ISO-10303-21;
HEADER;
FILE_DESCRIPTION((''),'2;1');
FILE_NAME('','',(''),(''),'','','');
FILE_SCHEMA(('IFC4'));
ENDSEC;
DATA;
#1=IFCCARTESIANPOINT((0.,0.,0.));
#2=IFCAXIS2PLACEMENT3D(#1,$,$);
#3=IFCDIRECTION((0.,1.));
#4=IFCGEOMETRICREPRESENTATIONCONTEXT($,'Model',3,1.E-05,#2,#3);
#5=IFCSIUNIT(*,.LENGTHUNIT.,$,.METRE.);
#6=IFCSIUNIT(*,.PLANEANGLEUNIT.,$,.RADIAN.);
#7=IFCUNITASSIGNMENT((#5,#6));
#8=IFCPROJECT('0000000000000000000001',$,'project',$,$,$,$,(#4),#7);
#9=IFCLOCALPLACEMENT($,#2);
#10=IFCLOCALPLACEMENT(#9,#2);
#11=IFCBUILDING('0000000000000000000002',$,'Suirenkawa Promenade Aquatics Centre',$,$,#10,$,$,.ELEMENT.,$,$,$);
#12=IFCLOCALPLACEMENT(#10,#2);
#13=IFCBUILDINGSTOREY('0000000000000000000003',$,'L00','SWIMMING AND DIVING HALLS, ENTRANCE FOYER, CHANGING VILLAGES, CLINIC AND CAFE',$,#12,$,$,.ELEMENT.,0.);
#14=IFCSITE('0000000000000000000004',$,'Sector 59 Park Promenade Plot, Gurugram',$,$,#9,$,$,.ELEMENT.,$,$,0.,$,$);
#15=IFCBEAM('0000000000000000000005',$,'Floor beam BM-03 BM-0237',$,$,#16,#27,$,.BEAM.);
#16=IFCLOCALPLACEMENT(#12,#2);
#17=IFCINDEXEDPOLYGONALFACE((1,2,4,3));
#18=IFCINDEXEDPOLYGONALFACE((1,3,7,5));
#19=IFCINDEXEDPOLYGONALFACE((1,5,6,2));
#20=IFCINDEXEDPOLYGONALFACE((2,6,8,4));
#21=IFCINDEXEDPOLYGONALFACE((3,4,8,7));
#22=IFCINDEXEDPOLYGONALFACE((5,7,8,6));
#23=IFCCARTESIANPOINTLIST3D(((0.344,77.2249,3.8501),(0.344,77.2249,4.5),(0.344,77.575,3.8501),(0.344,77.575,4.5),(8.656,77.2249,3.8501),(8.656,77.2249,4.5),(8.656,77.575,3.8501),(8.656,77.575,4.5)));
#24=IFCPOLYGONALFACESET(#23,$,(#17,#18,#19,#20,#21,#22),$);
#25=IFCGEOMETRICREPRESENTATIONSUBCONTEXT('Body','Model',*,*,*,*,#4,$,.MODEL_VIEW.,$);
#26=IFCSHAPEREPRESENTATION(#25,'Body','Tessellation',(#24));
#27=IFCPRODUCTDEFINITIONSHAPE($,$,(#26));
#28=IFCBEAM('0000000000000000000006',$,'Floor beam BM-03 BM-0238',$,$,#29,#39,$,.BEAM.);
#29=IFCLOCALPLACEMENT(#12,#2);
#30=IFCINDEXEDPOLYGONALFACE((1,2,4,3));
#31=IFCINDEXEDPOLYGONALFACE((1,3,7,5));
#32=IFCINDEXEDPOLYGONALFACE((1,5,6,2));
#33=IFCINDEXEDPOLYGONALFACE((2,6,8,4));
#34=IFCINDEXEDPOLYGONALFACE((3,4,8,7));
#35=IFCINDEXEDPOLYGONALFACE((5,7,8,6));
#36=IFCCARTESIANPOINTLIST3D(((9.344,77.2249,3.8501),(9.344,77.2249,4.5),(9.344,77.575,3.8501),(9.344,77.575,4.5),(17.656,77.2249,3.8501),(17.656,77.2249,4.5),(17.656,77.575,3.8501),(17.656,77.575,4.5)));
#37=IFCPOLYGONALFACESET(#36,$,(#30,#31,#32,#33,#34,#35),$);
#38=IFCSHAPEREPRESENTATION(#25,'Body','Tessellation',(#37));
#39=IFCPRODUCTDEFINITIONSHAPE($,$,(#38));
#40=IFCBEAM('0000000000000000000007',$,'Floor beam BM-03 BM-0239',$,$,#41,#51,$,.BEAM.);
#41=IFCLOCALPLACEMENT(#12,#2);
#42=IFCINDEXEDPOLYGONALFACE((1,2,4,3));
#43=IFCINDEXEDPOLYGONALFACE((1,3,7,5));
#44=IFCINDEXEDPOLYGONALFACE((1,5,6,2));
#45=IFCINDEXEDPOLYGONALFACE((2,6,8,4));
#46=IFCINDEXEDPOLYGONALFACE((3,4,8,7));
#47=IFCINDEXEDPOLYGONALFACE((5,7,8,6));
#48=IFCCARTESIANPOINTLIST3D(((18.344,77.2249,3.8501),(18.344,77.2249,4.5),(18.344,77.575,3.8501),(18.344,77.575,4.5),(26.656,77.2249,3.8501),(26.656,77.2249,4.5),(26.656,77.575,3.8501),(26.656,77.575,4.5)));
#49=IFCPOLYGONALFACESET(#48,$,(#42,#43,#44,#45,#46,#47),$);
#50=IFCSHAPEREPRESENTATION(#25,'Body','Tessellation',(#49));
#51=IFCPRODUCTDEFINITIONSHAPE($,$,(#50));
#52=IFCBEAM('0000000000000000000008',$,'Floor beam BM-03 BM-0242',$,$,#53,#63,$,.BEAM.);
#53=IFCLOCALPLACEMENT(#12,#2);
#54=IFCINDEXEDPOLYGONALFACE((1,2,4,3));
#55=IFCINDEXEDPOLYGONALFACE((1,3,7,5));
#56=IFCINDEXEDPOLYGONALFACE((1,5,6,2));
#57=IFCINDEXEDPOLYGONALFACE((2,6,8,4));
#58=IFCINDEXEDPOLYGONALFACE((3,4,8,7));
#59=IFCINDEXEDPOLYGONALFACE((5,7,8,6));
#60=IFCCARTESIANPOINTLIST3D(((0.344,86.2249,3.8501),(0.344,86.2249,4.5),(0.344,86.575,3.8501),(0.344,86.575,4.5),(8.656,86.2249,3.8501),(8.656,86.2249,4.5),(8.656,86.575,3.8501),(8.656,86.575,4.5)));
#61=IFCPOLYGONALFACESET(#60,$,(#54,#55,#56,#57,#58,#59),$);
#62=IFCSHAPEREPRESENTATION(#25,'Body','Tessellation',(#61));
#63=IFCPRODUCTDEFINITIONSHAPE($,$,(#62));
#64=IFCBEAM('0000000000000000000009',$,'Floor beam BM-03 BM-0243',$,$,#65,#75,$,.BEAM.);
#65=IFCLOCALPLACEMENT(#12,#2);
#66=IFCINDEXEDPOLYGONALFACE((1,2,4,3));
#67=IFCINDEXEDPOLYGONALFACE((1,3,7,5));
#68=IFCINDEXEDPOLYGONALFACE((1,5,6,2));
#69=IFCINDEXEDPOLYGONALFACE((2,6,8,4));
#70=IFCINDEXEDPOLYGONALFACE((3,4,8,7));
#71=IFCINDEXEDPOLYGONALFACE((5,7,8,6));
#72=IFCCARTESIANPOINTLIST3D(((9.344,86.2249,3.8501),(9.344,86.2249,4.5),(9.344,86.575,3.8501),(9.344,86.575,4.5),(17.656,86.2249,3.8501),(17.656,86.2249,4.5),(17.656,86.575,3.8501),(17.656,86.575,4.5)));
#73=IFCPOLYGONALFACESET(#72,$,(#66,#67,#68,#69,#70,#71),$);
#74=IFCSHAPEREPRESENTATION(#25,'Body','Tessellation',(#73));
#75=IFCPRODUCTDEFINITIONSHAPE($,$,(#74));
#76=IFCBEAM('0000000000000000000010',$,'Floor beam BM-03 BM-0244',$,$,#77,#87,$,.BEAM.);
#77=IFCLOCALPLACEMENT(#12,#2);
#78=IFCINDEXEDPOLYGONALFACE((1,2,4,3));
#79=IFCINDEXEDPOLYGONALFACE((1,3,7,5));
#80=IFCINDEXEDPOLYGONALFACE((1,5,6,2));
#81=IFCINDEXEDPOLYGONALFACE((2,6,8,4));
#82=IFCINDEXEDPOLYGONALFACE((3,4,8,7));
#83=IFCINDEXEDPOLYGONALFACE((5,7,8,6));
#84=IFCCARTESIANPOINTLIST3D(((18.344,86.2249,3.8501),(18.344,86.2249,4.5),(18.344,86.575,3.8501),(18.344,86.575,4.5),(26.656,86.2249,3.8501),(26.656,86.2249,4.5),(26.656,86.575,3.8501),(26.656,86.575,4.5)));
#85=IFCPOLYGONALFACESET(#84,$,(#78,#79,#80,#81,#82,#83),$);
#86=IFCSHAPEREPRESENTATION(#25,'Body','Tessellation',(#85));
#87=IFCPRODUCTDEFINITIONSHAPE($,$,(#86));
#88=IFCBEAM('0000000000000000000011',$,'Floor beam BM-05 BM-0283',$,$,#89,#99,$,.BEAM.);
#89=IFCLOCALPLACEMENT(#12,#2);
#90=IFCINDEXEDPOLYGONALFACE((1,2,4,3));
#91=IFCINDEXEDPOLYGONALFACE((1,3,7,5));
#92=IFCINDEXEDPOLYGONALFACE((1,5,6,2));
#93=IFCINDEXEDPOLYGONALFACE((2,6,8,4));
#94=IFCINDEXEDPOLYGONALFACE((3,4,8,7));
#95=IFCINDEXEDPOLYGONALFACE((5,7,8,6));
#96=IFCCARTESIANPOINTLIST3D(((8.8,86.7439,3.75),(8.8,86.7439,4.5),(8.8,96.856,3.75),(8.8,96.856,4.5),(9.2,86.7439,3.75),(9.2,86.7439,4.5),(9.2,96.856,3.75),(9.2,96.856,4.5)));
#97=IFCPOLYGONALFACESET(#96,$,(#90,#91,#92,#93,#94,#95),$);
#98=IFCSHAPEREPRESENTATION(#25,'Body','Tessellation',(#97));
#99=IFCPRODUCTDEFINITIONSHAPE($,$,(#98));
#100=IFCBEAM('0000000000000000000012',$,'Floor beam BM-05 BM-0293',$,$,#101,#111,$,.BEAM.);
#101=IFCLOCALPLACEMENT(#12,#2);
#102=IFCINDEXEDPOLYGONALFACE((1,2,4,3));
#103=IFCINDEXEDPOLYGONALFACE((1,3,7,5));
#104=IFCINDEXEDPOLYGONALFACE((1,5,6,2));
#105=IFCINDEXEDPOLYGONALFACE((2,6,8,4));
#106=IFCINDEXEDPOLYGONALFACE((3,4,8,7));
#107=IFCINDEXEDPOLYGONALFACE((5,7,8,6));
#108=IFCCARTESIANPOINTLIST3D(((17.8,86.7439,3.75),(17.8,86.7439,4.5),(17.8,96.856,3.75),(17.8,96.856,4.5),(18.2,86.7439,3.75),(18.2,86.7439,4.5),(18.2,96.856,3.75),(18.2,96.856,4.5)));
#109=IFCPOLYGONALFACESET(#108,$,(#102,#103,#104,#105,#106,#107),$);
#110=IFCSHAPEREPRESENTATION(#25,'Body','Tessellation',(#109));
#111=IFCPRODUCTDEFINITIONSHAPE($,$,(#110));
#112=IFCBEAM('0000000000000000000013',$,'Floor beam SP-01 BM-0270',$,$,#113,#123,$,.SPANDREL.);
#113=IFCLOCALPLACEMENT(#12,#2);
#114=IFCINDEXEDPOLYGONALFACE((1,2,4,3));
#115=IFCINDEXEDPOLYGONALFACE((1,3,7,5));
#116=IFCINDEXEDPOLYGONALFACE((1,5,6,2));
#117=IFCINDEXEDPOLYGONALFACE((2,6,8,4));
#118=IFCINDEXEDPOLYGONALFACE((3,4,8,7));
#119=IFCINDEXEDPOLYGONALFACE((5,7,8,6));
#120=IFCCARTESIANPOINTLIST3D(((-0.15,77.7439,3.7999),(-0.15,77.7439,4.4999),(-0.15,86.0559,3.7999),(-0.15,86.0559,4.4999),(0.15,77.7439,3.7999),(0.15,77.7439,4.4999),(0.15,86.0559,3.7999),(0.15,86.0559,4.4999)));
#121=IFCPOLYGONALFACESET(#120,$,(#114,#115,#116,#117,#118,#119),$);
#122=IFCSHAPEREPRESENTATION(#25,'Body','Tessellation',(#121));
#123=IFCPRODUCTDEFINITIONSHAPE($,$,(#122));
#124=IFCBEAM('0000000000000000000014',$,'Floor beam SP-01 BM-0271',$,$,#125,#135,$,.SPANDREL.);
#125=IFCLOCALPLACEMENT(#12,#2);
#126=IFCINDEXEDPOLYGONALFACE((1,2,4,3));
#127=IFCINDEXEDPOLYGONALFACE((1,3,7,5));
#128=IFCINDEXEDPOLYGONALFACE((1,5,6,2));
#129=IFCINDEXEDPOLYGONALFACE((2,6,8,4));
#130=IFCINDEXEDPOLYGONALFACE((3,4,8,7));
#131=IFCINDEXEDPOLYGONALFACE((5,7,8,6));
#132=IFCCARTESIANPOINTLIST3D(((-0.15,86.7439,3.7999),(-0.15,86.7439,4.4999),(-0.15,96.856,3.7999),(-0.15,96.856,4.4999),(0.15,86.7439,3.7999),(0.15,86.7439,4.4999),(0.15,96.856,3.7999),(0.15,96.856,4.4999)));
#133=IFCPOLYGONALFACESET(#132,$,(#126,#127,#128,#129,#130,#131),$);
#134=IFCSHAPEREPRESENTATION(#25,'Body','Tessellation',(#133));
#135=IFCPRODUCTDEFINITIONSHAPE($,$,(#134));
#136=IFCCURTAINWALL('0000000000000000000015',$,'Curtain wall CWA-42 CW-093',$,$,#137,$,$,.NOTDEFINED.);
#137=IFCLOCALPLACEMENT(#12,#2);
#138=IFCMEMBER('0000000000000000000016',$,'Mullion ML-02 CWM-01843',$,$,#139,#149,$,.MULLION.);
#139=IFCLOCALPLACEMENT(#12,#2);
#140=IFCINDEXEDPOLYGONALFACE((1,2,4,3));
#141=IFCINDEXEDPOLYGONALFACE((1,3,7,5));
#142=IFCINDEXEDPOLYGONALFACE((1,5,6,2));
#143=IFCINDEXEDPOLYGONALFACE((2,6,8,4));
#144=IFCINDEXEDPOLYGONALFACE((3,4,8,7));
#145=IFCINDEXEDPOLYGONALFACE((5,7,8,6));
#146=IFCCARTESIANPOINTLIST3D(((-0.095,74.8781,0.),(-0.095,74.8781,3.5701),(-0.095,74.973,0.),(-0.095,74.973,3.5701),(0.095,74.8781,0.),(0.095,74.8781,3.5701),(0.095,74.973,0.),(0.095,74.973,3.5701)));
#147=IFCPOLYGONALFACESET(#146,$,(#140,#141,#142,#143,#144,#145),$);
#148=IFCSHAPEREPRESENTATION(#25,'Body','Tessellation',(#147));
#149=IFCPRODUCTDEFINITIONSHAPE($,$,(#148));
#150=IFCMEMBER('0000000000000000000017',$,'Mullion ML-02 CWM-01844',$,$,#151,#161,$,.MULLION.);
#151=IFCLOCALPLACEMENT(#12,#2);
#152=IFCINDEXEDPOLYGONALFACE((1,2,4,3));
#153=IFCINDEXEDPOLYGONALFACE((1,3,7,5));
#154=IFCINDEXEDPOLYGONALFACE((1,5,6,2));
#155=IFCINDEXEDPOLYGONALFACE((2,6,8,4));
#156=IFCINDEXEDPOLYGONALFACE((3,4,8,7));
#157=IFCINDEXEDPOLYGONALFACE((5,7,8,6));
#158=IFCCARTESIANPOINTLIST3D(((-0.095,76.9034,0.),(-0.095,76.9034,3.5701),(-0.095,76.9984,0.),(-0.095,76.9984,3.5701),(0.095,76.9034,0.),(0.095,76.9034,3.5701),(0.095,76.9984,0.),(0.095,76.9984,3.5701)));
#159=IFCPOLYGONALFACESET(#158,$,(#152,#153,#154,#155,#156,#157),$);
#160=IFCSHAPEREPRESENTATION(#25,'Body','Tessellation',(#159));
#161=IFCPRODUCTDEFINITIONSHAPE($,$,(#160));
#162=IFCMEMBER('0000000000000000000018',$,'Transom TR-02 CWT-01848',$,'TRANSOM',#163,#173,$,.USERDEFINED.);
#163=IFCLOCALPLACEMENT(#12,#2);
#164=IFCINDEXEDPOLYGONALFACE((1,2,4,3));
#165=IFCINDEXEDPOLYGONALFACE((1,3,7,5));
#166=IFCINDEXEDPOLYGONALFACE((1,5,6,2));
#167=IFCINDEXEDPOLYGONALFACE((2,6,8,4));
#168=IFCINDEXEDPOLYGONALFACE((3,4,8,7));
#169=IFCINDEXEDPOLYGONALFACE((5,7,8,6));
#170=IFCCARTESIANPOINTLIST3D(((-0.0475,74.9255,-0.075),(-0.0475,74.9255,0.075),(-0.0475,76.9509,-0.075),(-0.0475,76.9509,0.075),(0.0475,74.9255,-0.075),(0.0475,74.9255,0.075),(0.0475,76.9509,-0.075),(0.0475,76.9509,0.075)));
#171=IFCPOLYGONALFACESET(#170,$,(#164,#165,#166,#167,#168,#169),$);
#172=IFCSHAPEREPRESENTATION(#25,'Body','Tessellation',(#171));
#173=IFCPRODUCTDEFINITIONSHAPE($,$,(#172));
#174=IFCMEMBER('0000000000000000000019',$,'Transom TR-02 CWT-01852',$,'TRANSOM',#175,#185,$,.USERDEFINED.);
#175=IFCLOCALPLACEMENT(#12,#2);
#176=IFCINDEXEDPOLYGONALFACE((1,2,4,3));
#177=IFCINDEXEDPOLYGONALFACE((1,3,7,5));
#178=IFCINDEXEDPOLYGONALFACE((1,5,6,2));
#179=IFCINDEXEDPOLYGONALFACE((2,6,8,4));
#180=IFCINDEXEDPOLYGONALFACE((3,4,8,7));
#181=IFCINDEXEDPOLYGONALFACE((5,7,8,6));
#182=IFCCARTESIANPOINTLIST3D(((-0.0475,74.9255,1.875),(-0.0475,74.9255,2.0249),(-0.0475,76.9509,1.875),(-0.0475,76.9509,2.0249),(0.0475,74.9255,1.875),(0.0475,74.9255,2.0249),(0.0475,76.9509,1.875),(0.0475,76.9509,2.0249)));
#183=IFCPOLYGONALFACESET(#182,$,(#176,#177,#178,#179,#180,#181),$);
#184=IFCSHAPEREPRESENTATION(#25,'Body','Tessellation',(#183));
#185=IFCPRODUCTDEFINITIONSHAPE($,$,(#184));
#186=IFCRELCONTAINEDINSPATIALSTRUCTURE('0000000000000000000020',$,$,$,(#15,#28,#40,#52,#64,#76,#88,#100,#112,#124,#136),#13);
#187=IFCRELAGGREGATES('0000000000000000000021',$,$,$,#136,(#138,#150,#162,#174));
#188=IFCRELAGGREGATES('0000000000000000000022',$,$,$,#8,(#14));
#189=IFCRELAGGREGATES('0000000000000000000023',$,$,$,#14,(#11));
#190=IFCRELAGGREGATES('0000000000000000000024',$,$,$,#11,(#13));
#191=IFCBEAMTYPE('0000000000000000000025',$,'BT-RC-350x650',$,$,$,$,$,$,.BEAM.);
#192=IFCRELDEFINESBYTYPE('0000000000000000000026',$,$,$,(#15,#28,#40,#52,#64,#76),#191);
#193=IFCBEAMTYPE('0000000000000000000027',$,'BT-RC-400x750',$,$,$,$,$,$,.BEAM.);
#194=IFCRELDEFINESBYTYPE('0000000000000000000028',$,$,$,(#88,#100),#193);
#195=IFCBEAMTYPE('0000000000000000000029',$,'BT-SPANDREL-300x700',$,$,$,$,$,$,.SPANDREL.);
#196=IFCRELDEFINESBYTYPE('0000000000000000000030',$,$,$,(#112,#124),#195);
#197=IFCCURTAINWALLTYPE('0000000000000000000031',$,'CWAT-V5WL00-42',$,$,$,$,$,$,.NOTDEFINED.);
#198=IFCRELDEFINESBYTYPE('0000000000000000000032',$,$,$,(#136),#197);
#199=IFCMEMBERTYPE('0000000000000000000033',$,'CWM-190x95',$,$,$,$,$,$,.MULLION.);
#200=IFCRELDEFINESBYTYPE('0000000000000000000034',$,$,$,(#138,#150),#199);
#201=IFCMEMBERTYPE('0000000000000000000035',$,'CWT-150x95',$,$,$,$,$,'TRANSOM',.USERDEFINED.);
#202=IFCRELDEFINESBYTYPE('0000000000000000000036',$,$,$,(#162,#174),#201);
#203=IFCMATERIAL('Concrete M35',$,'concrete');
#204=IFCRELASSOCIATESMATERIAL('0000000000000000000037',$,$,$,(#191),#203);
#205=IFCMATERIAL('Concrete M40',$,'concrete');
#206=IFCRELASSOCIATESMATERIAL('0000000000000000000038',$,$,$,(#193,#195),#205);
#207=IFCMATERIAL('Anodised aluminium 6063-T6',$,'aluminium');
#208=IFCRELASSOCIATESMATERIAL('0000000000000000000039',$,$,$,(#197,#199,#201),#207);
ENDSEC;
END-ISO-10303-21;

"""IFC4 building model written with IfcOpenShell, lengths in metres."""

from ifc_helpers import new_model, si_unit, direction, frame, origin, origin_2d, place, context, subcontext, project, spatial, rectangle, extrude, material, material_profile, profile_set, type_object, element, aggregate, save


model = new_model("IFC4")

# Units and contexts
model_context = context("Model", 3, precision=1e-05, world=origin(), true_north=direction((0.0, 1.0)))
body_context = subcontext(model_context, "Body", "Model", "MODEL_VIEW")
ifc_project = project(units=[si_unit("LENGTHUNIT", "METRE"), si_unit("PLANEANGLEUNIT", "RADIAN")], contexts=[model_context])

# Site, building, storey
site_placement = place(None, origin())
site = spatial("IfcSite", under=ifc_project, at=site_placement, Name="Sector 59 Park Promenade Plot, Gurugram", CompositionType="ELEMENT", RefElevation=0.0)
building_placement = place(site_placement, origin())
building = spatial("IfcBuilding", under=site, at=building_placement, Name="Suirenkawa Promenade Aquatics Centre", CompositionType="ELEMENT")
storey_placement = place(building_placement, origin())
storey = spatial("IfcBuildingStorey", under=building, at=storey_placement, Name="L00", Description="SWIMMING AND DIVING HALLS, ENTRANCE FOYER, CHANGING VILLAGES, CLINIC AND CAFE", CompositionType="ELEMENT", Elevation=0.0)

# Shared definitions
ifc_material_1 = material(Name="Concrete M40", Category="concrete")

# Beams
ifc_material_2 = material(Name="Concrete M35", Category="concrete")
ifc_material_profile_1 = material_profile(ifc_material_2, rectangle(XDim=0.3501, YDim=0.6499, at=origin_2d()), Name="RC BM 350x650", Category="concrete")
ifc_profile_set_1 = profile_set([ifc_material_profile_1], Name="Concrete M35")
beam_type_1 = type_object("IfcBeamType", Name="BT-RC-350x650", PredefinedType="BEAM", material=ifc_profile_set_1)
for number, where, z_axis, x_axis, name in (
    (1, (0.344, 77.3999, 4.175), (1.0, 0.0, 0.0), (0.0, 1.0, 0.0), "Floor beam BM-03 BM-0237"),
    (2, (9.344, 77.3999, 4.175), (1.0, 0.0, 0.0), (0.0, 1.0, 0.0), "Floor beam BM-03 BM-0238"),
    (3, (18.344, 77.3999, 4.175), (1.0, 0.0, 0.0), (0.0, 1.0, 0.0), "Floor beam BM-03 BM-0239"),
    (4, (0.344, 86.3999, 4.175), (1.0, 0.0, 0.0), (0.0, 1.0, 0.0), "Floor beam BM-03 BM-0242"),
    (5, (9.344, 86.3999, 4.175), (1.0, 0.0, 0.0), (0.0, 1.0, 0.0), "Floor beam BM-03 BM-0243"),
    (6, (18.344, 86.3999, 4.175), (1.0, 0.0, 0.0), (0.0, 1.0, 0.0), "Floor beam BM-03 BM-0244"),
):
    element("IfcBeam", number, at=place(storey_placement, frame(where, z_axis=z_axis, x_axis=x_axis)), inside=storey, type_object=beam_type_1, Name=name, PredefinedType="BEAM", context=body_context, shape_type="SweptSolid", body=[
        extrude(rectangle(XDim=0.3501, YDim=0.6499, at=origin_2d()), origin(), (0.0, 0.0, 1.0), 8.312),
    ])
ifc_material_profile_2 = material_profile(ifc_material_1, rectangle(XDim=0.3999, YDim=0.75, at=origin_2d()), Name="RC BM 400x750", Category="concrete")
ifc_profile_set_2 = profile_set([ifc_material_profile_2], Name="Concrete M40")
beam_type_2 = type_object("IfcBeamType", Name="BT-RC-400x750", PredefinedType="BEAM", material=ifc_profile_set_2)
for number, where, z_axis, x_axis, name in (
    (7, (9.0, 86.7439, 4.125), (0.0, 1.0, 0.0), (-1.0, 0.0, 0.0), "Floor beam BM-05 BM-0283"),
    (8, (18.0, 86.7439, 4.125), (0.0, 1.0, 0.0), (-1.0, 0.0, 0.0), "Floor beam BM-05 BM-0293"),
):
    element("IfcBeam", number, at=place(storey_placement, frame(where, z_axis=z_axis, x_axis=x_axis)), inside=storey, type_object=beam_type_2, Name=name, PredefinedType="BEAM", context=body_context, shape_type="SweptSolid", body=[
        extrude(rectangle(XDim=0.3999, YDim=0.75, at=origin_2d()), origin(), (0.0, 0.0, 1.0), 10.1121),
    ])
ifc_material_profile_3 = material_profile(ifc_material_1, rectangle(XDim=0.3, YDim=0.7, at=origin_2d()), Name="RC SPANDREL 300x700", Category="concrete")
ifc_profile_set_3 = profile_set([ifc_material_profile_3], Name="Concrete M40")
beam_type_3 = type_object("IfcBeamType", Name="BT-SPANDREL-300x700", PredefinedType="SPANDREL", material=ifc_profile_set_3)
beam_1_placement = place(storey_placement, frame((0.0, 77.7439, 4.1499), z_axis=(0.0, 1.0, 0.0), x_axis=(-1.0, 0.0, 0.0)))
element("IfcBeam", 9, at=beam_1_placement, inside=storey, type_object=beam_type_3, Name="Floor beam SP-01 BM-0270", PredefinedType="SPANDREL", context=body_context, shape_type="SweptSolid", body=[
    extrude(rectangle(XDim=0.3, YDim=0.7, at=origin_2d()), origin(), (0.0, 0.0, 1.0), 8.312),
])
beam_2_placement = place(storey_placement, frame((0.0, 86.7439, 4.1499), z_axis=(0.0, 1.0, 0.0), x_axis=(-1.0, 0.0, 0.0)))
element("IfcBeam", 10, at=beam_2_placement, inside=storey, type_object=beam_type_3, Name="Floor beam SP-01 BM-0271", PredefinedType="SPANDREL", context=body_context, shape_type="SweptSolid", body=[
    extrude(rectangle(XDim=0.3, YDim=0.7, at=origin_2d()), origin(), (0.0, 0.0, 1.0), 10.1121),
])

# Curtain wall, members
ifc_material_3 = material(Name="Anodised aluminium 6063-T6", Category="aluminium")
curtain_wall_type = type_object("IfcCurtainWallType", Name="CWAT-V5WL00-42", PredefinedType="NOTDEFINED", material=ifc_material_3)
curtain_wall_placement = place(storey_placement, origin())
curtain_wall = element("IfcCurtainWall", 11, at=curtain_wall_placement, inside=storey, type_object=curtain_wall_type, Name="Curtain wall CWA-42 CW-093", PredefinedType="NOTDEFINED")
ifc_material_profile_4 = material_profile(ifc_material_3, rectangle(XDim=0.095, YDim=0.1899, at=origin_2d()), Name="ALU MULL 95x190", Category="aluminium")
ifc_profile_set_4 = profile_set([ifc_material_profile_4], Name="Anodised aluminium 6063-T6")
member_type_1 = type_object("IfcMemberType", Name="CWM-190x95", PredefinedType="MULLION", material=ifc_profile_set_4)
member_1_placement = place(storey_placement, frame((0.0, 74.9255, 0.0), z_axis=(0.0, 0.0, 1.0), x_axis=(0.0, 1.0, 0.0)))
member_1 = element("IfcMember", 12, at=member_1_placement, type_object=member_type_1, Name="Mullion ML-02 CWM-01843", PredefinedType="MULLION", context=body_context, shape_type="SweptSolid", body=[
    extrude(rectangle(XDim=0.095, YDim=0.1899, at=origin_2d()), origin(), (0.0, 0.0, 1.0), 3.5701),
])
member_2_placement = place(storey_placement, frame((0.0, 76.9509, 0.0), z_axis=(0.0, 0.0, 1.0), x_axis=(0.0, 1.0, 0.0)))
member_2 = element("IfcMember", 13, at=member_2_placement, type_object=member_type_1, Name="Mullion ML-02 CWM-01844", PredefinedType="MULLION", context=body_context, shape_type="SweptSolid", body=[
    extrude(rectangle(XDim=0.095, YDim=0.1899, at=origin_2d()), origin(), (0.0, 0.0, 1.0), 3.5701),
])
ifc_material_profile_5 = material_profile(ifc_material_3, rectangle(XDim=0.095, YDim=0.1499, at=origin_2d()), Name="ALU TRAN 95x150", Category="aluminium")
ifc_profile_set_5 = profile_set([ifc_material_profile_5], Name="Anodised aluminium 6063-T6")
member_type_2 = type_object("IfcMemberType", Name="CWT-150x95", ElementType="TRANSOM", PredefinedType="USERDEFINED", material=ifc_profile_set_5)
member_3_placement = place(storey_placement, frame((0.0, 74.9255, 0.0), z_axis=(0.0, 1.0, 0.0), x_axis=(-1.0, 0.0, 0.0)))
member_3 = element("IfcMember", 14, at=member_3_placement, type_object=member_type_2, Name="Transom TR-02 CWT-01848", ObjectType="TRANSOM", PredefinedType="USERDEFINED", context=body_context, shape_type="SweptSolid", body=[
    extrude(rectangle(XDim=0.095, YDim=0.1499, at=origin_2d()), origin(), (0.0, 0.0, 1.0), 2.0254),
])
member_4_placement = place(storey_placement, frame((0.0, 74.9255, 1.95), z_axis=(0.0, 1.0, 0.0), x_axis=(-1.0, 0.0, 0.0)))
member_4 = element("IfcMember", 15, at=member_4_placement, type_object=member_type_2, Name="Transom TR-02 CWT-01852", ObjectType="TRANSOM", PredefinedType="USERDEFINED", context=body_context, shape_type="SweptSolid", body=[
    extrude(rectangle(XDim=0.095, YDim=0.1499, at=origin_2d()), origin(), (0.0, 0.0, 1.0), 2.0254),
])
aggregate(curtain_wall, [member_1, member_2, member_3, member_4])

save(model, "model.ifc")
